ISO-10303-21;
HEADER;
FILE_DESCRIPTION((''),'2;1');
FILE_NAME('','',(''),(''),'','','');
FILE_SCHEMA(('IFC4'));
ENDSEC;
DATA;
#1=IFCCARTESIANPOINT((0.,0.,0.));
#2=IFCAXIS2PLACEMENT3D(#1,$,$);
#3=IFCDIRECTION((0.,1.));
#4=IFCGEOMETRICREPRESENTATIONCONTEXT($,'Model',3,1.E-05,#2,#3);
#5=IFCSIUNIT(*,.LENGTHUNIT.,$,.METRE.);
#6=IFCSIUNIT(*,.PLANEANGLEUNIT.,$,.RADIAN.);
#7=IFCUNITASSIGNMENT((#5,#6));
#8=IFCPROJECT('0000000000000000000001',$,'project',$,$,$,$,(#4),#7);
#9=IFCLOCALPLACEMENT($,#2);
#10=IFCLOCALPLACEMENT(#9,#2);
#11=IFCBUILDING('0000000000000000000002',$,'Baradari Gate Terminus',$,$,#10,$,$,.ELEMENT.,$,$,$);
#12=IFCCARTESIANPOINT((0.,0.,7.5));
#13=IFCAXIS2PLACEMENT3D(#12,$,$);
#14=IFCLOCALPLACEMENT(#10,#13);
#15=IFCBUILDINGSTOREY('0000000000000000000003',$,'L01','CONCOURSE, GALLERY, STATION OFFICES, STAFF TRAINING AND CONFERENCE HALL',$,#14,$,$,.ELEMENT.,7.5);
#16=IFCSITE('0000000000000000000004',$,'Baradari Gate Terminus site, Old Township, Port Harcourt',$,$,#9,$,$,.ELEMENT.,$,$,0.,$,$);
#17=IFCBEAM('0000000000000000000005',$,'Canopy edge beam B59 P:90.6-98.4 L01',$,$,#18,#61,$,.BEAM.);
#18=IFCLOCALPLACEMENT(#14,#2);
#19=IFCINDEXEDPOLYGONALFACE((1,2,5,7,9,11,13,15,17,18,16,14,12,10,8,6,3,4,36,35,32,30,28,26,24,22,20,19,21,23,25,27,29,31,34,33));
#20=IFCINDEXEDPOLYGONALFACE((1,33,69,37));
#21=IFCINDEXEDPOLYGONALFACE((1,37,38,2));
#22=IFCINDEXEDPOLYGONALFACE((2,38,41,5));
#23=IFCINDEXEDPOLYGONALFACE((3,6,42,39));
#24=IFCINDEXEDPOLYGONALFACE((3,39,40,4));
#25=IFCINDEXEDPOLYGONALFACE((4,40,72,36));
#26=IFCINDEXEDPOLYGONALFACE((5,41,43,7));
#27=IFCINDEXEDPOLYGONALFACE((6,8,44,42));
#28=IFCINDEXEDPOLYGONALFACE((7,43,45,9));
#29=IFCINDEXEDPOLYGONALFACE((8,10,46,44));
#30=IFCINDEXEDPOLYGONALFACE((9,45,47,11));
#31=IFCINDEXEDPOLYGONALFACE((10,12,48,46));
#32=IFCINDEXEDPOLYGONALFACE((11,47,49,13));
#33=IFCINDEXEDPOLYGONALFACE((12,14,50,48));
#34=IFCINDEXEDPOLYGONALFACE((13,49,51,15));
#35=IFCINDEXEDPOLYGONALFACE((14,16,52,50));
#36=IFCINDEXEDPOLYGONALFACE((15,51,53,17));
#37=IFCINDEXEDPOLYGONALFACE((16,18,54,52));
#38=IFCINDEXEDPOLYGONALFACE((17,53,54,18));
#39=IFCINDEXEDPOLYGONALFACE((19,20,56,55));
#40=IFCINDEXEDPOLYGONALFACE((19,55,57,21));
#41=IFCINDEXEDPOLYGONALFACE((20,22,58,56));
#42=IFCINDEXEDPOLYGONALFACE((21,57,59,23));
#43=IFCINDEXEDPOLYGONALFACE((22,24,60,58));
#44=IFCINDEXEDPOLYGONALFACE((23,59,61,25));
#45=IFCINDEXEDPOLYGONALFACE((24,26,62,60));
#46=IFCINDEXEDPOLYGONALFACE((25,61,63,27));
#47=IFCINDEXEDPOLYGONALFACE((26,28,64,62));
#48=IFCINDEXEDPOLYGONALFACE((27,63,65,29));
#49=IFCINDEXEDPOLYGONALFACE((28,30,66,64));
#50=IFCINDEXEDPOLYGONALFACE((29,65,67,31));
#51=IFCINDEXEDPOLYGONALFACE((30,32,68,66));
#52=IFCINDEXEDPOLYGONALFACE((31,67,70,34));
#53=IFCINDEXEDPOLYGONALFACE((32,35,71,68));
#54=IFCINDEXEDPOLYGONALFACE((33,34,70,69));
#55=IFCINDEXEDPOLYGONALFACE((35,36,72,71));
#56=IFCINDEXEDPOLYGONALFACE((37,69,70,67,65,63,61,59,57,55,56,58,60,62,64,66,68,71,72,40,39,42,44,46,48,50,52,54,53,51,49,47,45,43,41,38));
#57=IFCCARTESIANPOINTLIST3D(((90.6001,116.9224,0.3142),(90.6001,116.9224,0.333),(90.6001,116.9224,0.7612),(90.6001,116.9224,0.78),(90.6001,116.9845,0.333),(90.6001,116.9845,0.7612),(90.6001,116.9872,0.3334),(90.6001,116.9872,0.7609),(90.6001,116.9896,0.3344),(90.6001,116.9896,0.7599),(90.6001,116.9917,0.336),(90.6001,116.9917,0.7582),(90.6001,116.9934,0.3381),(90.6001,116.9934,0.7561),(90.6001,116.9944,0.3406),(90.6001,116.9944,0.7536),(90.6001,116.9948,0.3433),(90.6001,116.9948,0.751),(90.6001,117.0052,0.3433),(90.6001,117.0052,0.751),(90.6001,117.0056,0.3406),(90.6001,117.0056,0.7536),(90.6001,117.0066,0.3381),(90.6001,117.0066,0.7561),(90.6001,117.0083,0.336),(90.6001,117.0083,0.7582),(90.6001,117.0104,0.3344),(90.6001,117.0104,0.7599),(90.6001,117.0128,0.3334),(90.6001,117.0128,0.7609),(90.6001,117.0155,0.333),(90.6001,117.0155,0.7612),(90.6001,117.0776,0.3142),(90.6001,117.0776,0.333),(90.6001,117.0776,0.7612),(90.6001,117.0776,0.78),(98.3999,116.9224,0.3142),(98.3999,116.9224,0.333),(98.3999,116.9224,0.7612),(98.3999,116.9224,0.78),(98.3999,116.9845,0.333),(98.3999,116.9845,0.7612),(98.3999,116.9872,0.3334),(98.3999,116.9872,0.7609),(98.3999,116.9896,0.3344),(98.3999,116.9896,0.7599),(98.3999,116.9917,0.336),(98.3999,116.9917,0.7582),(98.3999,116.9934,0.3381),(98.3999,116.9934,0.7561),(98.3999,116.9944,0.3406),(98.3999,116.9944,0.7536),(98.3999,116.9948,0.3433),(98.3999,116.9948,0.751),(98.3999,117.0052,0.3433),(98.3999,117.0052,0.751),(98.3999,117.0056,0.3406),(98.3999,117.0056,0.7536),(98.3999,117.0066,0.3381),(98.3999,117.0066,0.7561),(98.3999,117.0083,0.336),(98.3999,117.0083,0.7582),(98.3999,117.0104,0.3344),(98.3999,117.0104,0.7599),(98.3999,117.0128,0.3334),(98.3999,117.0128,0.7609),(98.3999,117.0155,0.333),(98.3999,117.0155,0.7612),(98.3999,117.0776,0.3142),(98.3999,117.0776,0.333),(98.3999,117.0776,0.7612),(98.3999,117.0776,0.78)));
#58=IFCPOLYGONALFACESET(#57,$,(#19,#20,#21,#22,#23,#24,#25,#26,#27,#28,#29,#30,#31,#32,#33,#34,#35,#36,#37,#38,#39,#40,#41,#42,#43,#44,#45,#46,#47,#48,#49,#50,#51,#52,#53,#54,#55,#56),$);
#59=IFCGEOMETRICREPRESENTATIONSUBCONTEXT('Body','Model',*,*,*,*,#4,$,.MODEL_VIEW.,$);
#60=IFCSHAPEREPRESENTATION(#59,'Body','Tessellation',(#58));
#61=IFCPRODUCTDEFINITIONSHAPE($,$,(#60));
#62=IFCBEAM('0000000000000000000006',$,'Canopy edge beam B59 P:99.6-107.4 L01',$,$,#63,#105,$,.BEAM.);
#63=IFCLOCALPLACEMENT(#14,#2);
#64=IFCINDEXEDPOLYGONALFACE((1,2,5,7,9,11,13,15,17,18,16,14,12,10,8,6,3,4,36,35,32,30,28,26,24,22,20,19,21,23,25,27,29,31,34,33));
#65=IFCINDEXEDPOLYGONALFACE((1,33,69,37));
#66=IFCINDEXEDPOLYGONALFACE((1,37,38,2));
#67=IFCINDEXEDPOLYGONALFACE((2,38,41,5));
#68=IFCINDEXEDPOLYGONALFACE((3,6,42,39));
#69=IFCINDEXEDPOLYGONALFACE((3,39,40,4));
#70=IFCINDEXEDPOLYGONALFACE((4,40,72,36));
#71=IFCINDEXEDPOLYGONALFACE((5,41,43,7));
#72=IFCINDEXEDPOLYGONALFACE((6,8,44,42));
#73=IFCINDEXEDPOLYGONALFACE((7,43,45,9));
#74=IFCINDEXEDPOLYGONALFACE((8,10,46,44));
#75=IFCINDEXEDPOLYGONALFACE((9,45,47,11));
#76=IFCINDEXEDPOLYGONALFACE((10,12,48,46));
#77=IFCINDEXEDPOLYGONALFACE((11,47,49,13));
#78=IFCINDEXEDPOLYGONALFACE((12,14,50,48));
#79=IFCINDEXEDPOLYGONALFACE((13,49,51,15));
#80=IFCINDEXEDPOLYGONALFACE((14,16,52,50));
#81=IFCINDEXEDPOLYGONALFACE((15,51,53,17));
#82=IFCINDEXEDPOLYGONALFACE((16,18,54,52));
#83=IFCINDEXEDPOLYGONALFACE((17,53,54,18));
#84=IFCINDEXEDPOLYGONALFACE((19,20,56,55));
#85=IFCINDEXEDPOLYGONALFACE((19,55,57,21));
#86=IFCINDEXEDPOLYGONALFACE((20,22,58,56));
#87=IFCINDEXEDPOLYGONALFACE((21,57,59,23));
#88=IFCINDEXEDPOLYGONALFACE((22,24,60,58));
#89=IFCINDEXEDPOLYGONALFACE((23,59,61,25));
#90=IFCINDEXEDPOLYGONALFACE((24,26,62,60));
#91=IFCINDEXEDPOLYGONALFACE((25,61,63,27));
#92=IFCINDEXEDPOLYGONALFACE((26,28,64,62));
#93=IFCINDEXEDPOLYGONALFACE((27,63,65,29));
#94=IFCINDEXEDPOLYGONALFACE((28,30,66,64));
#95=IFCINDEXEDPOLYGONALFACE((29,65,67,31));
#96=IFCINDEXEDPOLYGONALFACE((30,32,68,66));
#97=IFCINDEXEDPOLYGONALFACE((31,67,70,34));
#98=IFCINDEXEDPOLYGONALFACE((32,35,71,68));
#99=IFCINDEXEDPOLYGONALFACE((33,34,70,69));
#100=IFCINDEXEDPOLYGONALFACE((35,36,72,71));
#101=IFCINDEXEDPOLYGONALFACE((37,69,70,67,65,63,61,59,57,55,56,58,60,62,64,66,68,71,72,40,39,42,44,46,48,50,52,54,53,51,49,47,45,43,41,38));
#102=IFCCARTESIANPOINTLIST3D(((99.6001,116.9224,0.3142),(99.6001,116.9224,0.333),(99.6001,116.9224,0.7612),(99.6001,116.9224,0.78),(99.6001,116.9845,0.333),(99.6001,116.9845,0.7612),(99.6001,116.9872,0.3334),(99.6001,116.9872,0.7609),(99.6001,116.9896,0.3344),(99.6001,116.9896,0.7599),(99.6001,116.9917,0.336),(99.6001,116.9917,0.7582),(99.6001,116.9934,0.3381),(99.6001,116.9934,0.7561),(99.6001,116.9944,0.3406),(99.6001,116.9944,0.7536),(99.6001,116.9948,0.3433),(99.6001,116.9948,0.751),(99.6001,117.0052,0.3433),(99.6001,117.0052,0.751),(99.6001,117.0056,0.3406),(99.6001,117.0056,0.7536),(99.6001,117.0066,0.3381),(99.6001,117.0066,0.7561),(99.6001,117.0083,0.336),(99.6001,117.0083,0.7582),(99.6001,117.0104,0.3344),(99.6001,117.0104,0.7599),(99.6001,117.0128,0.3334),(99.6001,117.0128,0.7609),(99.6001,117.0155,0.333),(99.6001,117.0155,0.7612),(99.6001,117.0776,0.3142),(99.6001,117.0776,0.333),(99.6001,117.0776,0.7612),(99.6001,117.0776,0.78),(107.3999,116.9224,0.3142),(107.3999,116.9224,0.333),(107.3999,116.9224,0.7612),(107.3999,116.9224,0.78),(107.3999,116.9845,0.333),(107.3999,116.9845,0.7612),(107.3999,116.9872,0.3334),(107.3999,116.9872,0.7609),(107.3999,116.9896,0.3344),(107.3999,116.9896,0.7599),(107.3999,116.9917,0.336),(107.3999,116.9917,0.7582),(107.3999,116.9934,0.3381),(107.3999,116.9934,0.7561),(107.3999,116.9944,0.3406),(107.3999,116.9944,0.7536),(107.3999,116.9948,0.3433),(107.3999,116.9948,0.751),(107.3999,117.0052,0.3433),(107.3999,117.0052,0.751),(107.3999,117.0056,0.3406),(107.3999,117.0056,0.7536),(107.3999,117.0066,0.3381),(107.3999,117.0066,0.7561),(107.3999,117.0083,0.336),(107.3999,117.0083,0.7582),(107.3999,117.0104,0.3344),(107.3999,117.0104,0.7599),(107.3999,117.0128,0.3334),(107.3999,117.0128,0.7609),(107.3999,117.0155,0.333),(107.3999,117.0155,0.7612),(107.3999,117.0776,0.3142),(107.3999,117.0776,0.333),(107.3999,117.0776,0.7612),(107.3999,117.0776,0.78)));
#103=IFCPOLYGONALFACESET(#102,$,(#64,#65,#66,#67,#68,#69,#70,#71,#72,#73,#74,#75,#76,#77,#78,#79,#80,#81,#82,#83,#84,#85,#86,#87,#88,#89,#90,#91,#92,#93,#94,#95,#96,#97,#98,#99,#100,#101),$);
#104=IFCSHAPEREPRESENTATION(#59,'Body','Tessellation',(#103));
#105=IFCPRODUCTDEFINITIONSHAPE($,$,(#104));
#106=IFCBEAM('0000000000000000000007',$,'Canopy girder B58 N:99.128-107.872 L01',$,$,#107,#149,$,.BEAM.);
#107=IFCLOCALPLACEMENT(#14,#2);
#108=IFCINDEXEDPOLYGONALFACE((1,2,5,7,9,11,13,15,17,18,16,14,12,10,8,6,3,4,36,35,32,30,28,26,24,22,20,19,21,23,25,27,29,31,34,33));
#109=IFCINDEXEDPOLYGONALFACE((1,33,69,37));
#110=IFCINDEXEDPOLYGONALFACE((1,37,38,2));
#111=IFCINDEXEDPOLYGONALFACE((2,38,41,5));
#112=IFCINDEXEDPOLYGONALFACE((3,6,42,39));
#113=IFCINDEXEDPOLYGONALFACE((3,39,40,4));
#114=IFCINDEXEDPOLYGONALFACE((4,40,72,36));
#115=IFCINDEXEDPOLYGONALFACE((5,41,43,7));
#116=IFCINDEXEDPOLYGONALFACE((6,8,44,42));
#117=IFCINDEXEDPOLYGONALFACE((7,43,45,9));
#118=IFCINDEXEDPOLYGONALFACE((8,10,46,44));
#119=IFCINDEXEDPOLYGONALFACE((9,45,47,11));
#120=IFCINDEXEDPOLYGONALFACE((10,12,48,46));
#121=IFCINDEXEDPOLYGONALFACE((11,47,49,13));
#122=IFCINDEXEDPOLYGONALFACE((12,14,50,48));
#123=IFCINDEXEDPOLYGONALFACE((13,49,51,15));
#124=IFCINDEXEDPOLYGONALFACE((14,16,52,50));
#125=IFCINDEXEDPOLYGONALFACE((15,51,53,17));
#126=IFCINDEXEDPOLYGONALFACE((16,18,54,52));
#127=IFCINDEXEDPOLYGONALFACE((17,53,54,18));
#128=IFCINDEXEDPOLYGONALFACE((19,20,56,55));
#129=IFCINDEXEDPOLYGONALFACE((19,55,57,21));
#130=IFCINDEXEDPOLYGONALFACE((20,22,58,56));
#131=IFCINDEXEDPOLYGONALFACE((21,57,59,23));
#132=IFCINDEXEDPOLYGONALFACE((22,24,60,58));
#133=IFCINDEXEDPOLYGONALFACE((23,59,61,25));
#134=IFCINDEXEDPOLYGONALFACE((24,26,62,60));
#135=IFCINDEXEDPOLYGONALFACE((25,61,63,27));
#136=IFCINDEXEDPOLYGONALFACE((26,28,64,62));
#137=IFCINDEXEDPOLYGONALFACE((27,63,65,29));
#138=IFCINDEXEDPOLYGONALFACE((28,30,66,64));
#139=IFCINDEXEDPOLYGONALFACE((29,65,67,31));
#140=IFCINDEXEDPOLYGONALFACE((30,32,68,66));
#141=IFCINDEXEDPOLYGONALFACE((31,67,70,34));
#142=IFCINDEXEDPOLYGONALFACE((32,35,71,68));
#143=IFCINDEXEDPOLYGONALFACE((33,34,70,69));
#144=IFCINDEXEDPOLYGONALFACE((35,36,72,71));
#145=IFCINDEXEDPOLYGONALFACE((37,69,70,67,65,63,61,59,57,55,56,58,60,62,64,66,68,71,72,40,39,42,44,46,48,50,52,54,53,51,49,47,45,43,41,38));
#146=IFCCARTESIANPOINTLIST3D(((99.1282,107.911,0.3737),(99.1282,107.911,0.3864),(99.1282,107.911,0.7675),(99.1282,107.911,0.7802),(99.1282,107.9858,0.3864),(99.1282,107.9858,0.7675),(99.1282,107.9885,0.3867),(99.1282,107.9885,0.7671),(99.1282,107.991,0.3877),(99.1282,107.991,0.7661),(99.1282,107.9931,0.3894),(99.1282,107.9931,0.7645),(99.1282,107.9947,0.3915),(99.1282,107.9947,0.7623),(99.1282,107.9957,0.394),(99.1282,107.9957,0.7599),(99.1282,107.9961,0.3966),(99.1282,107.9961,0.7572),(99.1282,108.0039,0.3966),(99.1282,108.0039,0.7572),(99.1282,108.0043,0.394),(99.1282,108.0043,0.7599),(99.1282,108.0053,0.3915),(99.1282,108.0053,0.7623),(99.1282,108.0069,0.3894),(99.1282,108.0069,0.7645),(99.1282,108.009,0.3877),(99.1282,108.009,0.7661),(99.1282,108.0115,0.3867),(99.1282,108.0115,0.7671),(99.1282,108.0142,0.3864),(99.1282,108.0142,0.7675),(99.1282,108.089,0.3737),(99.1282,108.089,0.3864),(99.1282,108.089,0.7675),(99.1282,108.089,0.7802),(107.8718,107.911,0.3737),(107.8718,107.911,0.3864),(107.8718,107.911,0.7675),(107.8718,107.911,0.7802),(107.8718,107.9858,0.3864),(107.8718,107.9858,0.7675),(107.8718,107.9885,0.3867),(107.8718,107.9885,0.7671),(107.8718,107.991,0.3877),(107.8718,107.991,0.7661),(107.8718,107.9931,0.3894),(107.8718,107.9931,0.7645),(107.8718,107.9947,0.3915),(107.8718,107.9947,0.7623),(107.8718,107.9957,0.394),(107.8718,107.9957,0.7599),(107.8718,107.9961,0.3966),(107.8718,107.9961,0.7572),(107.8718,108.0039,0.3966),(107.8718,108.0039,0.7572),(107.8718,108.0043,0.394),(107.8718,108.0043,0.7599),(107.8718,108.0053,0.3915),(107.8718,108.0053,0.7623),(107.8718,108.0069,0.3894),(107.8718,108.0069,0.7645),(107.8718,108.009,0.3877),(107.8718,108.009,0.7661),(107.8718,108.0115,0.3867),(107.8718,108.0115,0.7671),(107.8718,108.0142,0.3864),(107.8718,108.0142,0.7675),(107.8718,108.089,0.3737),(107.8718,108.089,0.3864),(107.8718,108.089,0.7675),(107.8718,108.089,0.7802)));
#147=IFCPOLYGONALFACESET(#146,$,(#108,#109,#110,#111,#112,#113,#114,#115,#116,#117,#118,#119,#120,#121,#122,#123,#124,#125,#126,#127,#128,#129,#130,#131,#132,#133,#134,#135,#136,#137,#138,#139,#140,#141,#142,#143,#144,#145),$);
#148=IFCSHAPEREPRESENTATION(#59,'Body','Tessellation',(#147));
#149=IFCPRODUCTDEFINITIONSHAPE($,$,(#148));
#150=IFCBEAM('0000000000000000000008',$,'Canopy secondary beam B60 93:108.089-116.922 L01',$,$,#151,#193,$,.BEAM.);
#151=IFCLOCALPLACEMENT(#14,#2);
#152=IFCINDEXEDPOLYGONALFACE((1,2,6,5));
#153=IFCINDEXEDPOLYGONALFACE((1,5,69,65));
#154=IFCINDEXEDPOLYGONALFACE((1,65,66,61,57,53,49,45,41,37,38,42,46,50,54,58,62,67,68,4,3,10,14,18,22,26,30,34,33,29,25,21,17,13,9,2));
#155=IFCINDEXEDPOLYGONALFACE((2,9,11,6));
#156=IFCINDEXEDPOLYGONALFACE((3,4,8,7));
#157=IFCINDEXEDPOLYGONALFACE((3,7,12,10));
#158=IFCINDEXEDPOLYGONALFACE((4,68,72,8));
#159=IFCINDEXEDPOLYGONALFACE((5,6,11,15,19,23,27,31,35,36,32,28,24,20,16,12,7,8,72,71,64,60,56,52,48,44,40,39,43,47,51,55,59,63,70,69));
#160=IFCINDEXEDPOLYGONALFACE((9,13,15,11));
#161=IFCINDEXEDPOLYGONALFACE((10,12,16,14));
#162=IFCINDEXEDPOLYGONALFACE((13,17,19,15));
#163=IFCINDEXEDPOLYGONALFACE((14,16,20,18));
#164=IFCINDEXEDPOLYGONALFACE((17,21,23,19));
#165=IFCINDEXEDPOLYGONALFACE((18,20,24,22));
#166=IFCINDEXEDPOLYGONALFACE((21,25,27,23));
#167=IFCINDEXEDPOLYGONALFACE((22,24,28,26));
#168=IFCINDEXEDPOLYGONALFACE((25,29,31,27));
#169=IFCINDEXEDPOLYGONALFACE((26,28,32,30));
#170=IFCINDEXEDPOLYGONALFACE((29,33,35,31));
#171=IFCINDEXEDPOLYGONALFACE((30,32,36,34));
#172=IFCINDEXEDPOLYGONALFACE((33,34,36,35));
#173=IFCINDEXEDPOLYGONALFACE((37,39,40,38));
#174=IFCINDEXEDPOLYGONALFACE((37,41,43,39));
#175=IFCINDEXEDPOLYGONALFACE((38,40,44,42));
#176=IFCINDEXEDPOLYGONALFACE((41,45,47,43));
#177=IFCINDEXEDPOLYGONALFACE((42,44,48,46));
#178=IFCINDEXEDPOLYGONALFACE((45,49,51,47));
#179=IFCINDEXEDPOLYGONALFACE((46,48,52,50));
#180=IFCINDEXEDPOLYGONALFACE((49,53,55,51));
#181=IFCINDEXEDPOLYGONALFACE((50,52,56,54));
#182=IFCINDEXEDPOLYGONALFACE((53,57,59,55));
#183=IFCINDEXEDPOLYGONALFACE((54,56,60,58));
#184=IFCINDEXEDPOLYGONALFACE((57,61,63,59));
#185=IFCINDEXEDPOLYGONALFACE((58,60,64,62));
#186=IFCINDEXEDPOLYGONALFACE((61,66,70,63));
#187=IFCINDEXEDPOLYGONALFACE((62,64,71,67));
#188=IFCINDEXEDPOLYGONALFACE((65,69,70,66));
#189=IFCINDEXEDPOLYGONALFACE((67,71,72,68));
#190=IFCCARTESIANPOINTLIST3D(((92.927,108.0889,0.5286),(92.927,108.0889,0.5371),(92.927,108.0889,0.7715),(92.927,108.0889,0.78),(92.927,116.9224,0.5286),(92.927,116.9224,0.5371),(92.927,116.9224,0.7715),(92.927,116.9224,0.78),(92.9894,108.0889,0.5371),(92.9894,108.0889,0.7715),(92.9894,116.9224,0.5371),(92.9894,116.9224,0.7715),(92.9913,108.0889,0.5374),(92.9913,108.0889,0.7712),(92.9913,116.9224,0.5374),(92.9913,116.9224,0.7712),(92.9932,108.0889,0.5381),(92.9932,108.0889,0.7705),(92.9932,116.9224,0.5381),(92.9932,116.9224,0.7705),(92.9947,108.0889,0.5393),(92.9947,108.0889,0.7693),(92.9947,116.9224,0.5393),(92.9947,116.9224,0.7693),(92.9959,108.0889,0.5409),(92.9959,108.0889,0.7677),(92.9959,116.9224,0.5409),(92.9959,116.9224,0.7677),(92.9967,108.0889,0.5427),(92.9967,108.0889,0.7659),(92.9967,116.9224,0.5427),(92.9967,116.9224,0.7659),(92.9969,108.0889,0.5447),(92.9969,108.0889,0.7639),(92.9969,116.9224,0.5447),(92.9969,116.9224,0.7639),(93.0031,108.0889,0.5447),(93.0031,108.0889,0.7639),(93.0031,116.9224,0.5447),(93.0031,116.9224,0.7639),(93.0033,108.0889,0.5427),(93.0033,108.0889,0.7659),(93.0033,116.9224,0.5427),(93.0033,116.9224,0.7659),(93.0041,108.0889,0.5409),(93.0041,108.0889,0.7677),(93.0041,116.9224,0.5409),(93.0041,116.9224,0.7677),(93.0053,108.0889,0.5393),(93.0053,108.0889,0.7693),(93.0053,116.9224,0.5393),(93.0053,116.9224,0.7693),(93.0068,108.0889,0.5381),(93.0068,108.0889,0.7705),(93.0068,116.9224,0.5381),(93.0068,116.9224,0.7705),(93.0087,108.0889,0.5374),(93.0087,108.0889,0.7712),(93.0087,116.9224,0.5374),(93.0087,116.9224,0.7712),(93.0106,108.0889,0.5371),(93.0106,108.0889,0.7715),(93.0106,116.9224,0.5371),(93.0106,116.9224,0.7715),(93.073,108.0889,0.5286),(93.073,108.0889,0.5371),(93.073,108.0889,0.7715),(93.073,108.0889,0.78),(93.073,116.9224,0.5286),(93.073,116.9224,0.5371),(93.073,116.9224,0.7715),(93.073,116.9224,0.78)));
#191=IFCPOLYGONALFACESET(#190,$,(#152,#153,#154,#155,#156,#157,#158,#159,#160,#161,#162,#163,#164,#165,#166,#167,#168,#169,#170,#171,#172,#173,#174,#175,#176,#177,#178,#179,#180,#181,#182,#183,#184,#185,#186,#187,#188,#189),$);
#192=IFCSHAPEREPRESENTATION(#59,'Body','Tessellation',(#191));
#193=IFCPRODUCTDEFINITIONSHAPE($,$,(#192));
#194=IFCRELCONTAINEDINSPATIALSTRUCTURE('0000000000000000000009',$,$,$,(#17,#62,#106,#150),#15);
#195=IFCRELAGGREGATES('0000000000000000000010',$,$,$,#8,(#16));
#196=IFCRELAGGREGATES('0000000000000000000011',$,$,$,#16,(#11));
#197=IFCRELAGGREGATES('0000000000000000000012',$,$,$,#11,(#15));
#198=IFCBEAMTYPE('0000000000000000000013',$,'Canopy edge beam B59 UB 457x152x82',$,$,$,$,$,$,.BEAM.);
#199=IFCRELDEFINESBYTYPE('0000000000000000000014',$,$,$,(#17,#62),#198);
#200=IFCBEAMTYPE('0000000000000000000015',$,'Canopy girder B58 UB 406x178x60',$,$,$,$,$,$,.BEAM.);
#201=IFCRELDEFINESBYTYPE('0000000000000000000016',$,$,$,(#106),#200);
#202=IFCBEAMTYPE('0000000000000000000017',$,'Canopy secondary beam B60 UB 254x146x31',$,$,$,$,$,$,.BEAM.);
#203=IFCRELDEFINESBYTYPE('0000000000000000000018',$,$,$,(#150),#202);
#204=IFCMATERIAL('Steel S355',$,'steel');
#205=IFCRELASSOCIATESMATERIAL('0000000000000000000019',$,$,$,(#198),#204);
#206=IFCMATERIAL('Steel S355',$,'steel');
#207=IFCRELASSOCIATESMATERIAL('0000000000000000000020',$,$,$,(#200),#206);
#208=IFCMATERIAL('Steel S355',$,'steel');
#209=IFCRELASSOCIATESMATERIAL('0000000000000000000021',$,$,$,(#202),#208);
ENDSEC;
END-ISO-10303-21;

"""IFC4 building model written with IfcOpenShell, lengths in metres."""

from ifc_helpers import new_model, si_unit, direction, frame, origin, origin_2d, place, context, subcontext, project, spatial, i_section, extrude, material, material_profile, profile_set, type_object, element, save


model = new_model("IFC4")

# Units and contexts
model_context = context("Model", 3, precision=1e-05, world=origin(), true_north=direction((0.0, 1.0)))
body_context = subcontext(model_context, "Body", "Model", "MODEL_VIEW")
ifc_project = project(units=[si_unit("LENGTHUNIT", "METRE"), si_unit("PLANEANGLEUNIT", "RADIAN")], contexts=[model_context])

# Site, building, storey
site_placement = place(None, origin())
site = spatial("IfcSite", under=ifc_project, at=site_placement, Name="Baradari Gate Terminus site, Old Township, Port Harcourt", CompositionType="ELEMENT", RefElevation=0.0)
building_placement = place(site_placement, origin())
building = spatial("IfcBuilding", under=site, at=building_placement, Name="Baradari Gate Terminus", CompositionType="ELEMENT")
storey_placement = place(building_placement, frame((0.0, 0.0, 7.5)))
storey = spatial("IfcBuildingStorey", under=building, at=storey_placement, Name="L01", Description="CONCOURSE, GALLERY, STATION OFFICES, STAFF TRAINING AND CONFERENCE HALL", CompositionType="ELEMENT", Elevation=7.5)

# Beams
ifc_material_1 = material(Name="Steel S355", Category="steel")
ifc_material_profile_1 = material_profile(ifc_material_1, i_section(OverallWidth=0.1553, OverallDepth=0.4658, WebThickness=0.0105, FlangeThickness=0.0188, FilletRadius=0.0103, at=origin_2d()), Name="UB 457x152x82")
ifc_profile_set_1 = profile_set([ifc_material_profile_1], Name="Steel S355")
beam_type_1 = type_object("IfcBeamType", Name="Canopy edge beam B59 UB 457x152x82", PredefinedType="BEAM", material=ifc_profile_set_1)
for number, where, z_axis, x_axis, name in (
    (1, (90.6001, 117.0, 0.5471), (1.0, 0.0, 0.0), (0.0, 1.0, 0.0), "Canopy edge beam B59 P:90.6-98.4 L01"),
    (2, (99.6001, 117.0, 0.5471), (1.0, 0.0, 0.0), (0.0, 1.0, 0.0), "Canopy edge beam B59 P:99.6-107.4 L01"),
):
    element("IfcBeam", number, at=place(storey_placement, frame(where, z_axis=z_axis, x_axis=x_axis)), inside=storey, type_object=beam_type_1, Name=name, PredefinedType="BEAM", context=body_context, shape_type="SweptSolid", body=[
        extrude(i_section(OverallWidth=0.1553, OverallDepth=0.4658, WebThickness=0.0105, FlangeThickness=0.0188, FilletRadius=0.0103, at=origin_2d()), origin(), (0.0, 0.0, 1.0), 7.7998),
    ])
ifc_material_2 = material(Name="Steel S355", Category="steel")
ifc_material_profile_2 = material_profile(ifc_material_2, i_section(OverallWidth=0.178, OverallDepth=0.4065, WebThickness=0.0078, FlangeThickness=0.0127, FilletRadius=0.0103, at=origin_2d()), Name="UB 406x178x60")
ifc_profile_set_2 = profile_set([ifc_material_profile_2], Name="Steel S355")
beam_type_2 = type_object("IfcBeamType", Name="Canopy girder B58 UB 406x178x60", PredefinedType="BEAM", material=ifc_profile_set_2)
beam_1_placement = place(storey_placement, frame((99.1282, 108.0, 0.5769), z_axis=(1.0, 0.0, 0.0), x_axis=(0.0, 1.0, 0.0)))
element("IfcBeam", 3, at=beam_1_placement, inside=storey, type_object=beam_type_2, Name="Canopy girder B58 N:99.128-107.872 L01", PredefinedType="BEAM", context=body_context, shape_type="SweptSolid", body=[
    extrude(i_section(OverallWidth=0.178, OverallDepth=0.4065, WebThickness=0.0078, FlangeThickness=0.0127, FilletRadius=0.0103, at=origin_2d()), origin(), (0.0, 0.0, 1.0), 8.7437),
])
ifc_material_3 = material(Name="Steel S355", Category="steel")
ifc_material_profile_3 = material_profile(ifc_material_3, i_section(OverallWidth=0.146, OverallDepth=0.2515, WebThickness=0.0061, FlangeThickness=0.0085, FilletRadius=0.0076, at=origin_2d()), Name="UB 254x146x31")
ifc_profile_set_3 = profile_set([ifc_material_profile_3], Name="Steel S355")
beam_type_3 = type_object("IfcBeamType", Name="Canopy secondary beam B60 UB 254x146x31", PredefinedType="BEAM", material=ifc_profile_set_3)
for number, where, z_axis, x_axis, name in (
    (4, (93.0, 108.0889, 0.6543), (0.0, 1.0, 0.0), (-1.0, 0.0, 0.0), "Canopy secondary beam B60 93:108.089-116.922 L01"),
):
    element("IfcBeam", number, at=place(storey_placement, frame(where, z_axis=z_axis, x_axis=x_axis)), inside=storey, type_object=beam_type_3, Name=name, PredefinedType="BEAM", context=body_context, shape_type="SweptSolid", body=[
        extrude(i_section(OverallWidth=0.146, OverallDepth=0.2515, WebThickness=0.0061, FlangeThickness=0.0085, FilletRadius=0.0076, at=origin_2d()), origin(), (0.0, 0.0, 1.0), 8.8335),
    ])

save(model, "model.ifc")
